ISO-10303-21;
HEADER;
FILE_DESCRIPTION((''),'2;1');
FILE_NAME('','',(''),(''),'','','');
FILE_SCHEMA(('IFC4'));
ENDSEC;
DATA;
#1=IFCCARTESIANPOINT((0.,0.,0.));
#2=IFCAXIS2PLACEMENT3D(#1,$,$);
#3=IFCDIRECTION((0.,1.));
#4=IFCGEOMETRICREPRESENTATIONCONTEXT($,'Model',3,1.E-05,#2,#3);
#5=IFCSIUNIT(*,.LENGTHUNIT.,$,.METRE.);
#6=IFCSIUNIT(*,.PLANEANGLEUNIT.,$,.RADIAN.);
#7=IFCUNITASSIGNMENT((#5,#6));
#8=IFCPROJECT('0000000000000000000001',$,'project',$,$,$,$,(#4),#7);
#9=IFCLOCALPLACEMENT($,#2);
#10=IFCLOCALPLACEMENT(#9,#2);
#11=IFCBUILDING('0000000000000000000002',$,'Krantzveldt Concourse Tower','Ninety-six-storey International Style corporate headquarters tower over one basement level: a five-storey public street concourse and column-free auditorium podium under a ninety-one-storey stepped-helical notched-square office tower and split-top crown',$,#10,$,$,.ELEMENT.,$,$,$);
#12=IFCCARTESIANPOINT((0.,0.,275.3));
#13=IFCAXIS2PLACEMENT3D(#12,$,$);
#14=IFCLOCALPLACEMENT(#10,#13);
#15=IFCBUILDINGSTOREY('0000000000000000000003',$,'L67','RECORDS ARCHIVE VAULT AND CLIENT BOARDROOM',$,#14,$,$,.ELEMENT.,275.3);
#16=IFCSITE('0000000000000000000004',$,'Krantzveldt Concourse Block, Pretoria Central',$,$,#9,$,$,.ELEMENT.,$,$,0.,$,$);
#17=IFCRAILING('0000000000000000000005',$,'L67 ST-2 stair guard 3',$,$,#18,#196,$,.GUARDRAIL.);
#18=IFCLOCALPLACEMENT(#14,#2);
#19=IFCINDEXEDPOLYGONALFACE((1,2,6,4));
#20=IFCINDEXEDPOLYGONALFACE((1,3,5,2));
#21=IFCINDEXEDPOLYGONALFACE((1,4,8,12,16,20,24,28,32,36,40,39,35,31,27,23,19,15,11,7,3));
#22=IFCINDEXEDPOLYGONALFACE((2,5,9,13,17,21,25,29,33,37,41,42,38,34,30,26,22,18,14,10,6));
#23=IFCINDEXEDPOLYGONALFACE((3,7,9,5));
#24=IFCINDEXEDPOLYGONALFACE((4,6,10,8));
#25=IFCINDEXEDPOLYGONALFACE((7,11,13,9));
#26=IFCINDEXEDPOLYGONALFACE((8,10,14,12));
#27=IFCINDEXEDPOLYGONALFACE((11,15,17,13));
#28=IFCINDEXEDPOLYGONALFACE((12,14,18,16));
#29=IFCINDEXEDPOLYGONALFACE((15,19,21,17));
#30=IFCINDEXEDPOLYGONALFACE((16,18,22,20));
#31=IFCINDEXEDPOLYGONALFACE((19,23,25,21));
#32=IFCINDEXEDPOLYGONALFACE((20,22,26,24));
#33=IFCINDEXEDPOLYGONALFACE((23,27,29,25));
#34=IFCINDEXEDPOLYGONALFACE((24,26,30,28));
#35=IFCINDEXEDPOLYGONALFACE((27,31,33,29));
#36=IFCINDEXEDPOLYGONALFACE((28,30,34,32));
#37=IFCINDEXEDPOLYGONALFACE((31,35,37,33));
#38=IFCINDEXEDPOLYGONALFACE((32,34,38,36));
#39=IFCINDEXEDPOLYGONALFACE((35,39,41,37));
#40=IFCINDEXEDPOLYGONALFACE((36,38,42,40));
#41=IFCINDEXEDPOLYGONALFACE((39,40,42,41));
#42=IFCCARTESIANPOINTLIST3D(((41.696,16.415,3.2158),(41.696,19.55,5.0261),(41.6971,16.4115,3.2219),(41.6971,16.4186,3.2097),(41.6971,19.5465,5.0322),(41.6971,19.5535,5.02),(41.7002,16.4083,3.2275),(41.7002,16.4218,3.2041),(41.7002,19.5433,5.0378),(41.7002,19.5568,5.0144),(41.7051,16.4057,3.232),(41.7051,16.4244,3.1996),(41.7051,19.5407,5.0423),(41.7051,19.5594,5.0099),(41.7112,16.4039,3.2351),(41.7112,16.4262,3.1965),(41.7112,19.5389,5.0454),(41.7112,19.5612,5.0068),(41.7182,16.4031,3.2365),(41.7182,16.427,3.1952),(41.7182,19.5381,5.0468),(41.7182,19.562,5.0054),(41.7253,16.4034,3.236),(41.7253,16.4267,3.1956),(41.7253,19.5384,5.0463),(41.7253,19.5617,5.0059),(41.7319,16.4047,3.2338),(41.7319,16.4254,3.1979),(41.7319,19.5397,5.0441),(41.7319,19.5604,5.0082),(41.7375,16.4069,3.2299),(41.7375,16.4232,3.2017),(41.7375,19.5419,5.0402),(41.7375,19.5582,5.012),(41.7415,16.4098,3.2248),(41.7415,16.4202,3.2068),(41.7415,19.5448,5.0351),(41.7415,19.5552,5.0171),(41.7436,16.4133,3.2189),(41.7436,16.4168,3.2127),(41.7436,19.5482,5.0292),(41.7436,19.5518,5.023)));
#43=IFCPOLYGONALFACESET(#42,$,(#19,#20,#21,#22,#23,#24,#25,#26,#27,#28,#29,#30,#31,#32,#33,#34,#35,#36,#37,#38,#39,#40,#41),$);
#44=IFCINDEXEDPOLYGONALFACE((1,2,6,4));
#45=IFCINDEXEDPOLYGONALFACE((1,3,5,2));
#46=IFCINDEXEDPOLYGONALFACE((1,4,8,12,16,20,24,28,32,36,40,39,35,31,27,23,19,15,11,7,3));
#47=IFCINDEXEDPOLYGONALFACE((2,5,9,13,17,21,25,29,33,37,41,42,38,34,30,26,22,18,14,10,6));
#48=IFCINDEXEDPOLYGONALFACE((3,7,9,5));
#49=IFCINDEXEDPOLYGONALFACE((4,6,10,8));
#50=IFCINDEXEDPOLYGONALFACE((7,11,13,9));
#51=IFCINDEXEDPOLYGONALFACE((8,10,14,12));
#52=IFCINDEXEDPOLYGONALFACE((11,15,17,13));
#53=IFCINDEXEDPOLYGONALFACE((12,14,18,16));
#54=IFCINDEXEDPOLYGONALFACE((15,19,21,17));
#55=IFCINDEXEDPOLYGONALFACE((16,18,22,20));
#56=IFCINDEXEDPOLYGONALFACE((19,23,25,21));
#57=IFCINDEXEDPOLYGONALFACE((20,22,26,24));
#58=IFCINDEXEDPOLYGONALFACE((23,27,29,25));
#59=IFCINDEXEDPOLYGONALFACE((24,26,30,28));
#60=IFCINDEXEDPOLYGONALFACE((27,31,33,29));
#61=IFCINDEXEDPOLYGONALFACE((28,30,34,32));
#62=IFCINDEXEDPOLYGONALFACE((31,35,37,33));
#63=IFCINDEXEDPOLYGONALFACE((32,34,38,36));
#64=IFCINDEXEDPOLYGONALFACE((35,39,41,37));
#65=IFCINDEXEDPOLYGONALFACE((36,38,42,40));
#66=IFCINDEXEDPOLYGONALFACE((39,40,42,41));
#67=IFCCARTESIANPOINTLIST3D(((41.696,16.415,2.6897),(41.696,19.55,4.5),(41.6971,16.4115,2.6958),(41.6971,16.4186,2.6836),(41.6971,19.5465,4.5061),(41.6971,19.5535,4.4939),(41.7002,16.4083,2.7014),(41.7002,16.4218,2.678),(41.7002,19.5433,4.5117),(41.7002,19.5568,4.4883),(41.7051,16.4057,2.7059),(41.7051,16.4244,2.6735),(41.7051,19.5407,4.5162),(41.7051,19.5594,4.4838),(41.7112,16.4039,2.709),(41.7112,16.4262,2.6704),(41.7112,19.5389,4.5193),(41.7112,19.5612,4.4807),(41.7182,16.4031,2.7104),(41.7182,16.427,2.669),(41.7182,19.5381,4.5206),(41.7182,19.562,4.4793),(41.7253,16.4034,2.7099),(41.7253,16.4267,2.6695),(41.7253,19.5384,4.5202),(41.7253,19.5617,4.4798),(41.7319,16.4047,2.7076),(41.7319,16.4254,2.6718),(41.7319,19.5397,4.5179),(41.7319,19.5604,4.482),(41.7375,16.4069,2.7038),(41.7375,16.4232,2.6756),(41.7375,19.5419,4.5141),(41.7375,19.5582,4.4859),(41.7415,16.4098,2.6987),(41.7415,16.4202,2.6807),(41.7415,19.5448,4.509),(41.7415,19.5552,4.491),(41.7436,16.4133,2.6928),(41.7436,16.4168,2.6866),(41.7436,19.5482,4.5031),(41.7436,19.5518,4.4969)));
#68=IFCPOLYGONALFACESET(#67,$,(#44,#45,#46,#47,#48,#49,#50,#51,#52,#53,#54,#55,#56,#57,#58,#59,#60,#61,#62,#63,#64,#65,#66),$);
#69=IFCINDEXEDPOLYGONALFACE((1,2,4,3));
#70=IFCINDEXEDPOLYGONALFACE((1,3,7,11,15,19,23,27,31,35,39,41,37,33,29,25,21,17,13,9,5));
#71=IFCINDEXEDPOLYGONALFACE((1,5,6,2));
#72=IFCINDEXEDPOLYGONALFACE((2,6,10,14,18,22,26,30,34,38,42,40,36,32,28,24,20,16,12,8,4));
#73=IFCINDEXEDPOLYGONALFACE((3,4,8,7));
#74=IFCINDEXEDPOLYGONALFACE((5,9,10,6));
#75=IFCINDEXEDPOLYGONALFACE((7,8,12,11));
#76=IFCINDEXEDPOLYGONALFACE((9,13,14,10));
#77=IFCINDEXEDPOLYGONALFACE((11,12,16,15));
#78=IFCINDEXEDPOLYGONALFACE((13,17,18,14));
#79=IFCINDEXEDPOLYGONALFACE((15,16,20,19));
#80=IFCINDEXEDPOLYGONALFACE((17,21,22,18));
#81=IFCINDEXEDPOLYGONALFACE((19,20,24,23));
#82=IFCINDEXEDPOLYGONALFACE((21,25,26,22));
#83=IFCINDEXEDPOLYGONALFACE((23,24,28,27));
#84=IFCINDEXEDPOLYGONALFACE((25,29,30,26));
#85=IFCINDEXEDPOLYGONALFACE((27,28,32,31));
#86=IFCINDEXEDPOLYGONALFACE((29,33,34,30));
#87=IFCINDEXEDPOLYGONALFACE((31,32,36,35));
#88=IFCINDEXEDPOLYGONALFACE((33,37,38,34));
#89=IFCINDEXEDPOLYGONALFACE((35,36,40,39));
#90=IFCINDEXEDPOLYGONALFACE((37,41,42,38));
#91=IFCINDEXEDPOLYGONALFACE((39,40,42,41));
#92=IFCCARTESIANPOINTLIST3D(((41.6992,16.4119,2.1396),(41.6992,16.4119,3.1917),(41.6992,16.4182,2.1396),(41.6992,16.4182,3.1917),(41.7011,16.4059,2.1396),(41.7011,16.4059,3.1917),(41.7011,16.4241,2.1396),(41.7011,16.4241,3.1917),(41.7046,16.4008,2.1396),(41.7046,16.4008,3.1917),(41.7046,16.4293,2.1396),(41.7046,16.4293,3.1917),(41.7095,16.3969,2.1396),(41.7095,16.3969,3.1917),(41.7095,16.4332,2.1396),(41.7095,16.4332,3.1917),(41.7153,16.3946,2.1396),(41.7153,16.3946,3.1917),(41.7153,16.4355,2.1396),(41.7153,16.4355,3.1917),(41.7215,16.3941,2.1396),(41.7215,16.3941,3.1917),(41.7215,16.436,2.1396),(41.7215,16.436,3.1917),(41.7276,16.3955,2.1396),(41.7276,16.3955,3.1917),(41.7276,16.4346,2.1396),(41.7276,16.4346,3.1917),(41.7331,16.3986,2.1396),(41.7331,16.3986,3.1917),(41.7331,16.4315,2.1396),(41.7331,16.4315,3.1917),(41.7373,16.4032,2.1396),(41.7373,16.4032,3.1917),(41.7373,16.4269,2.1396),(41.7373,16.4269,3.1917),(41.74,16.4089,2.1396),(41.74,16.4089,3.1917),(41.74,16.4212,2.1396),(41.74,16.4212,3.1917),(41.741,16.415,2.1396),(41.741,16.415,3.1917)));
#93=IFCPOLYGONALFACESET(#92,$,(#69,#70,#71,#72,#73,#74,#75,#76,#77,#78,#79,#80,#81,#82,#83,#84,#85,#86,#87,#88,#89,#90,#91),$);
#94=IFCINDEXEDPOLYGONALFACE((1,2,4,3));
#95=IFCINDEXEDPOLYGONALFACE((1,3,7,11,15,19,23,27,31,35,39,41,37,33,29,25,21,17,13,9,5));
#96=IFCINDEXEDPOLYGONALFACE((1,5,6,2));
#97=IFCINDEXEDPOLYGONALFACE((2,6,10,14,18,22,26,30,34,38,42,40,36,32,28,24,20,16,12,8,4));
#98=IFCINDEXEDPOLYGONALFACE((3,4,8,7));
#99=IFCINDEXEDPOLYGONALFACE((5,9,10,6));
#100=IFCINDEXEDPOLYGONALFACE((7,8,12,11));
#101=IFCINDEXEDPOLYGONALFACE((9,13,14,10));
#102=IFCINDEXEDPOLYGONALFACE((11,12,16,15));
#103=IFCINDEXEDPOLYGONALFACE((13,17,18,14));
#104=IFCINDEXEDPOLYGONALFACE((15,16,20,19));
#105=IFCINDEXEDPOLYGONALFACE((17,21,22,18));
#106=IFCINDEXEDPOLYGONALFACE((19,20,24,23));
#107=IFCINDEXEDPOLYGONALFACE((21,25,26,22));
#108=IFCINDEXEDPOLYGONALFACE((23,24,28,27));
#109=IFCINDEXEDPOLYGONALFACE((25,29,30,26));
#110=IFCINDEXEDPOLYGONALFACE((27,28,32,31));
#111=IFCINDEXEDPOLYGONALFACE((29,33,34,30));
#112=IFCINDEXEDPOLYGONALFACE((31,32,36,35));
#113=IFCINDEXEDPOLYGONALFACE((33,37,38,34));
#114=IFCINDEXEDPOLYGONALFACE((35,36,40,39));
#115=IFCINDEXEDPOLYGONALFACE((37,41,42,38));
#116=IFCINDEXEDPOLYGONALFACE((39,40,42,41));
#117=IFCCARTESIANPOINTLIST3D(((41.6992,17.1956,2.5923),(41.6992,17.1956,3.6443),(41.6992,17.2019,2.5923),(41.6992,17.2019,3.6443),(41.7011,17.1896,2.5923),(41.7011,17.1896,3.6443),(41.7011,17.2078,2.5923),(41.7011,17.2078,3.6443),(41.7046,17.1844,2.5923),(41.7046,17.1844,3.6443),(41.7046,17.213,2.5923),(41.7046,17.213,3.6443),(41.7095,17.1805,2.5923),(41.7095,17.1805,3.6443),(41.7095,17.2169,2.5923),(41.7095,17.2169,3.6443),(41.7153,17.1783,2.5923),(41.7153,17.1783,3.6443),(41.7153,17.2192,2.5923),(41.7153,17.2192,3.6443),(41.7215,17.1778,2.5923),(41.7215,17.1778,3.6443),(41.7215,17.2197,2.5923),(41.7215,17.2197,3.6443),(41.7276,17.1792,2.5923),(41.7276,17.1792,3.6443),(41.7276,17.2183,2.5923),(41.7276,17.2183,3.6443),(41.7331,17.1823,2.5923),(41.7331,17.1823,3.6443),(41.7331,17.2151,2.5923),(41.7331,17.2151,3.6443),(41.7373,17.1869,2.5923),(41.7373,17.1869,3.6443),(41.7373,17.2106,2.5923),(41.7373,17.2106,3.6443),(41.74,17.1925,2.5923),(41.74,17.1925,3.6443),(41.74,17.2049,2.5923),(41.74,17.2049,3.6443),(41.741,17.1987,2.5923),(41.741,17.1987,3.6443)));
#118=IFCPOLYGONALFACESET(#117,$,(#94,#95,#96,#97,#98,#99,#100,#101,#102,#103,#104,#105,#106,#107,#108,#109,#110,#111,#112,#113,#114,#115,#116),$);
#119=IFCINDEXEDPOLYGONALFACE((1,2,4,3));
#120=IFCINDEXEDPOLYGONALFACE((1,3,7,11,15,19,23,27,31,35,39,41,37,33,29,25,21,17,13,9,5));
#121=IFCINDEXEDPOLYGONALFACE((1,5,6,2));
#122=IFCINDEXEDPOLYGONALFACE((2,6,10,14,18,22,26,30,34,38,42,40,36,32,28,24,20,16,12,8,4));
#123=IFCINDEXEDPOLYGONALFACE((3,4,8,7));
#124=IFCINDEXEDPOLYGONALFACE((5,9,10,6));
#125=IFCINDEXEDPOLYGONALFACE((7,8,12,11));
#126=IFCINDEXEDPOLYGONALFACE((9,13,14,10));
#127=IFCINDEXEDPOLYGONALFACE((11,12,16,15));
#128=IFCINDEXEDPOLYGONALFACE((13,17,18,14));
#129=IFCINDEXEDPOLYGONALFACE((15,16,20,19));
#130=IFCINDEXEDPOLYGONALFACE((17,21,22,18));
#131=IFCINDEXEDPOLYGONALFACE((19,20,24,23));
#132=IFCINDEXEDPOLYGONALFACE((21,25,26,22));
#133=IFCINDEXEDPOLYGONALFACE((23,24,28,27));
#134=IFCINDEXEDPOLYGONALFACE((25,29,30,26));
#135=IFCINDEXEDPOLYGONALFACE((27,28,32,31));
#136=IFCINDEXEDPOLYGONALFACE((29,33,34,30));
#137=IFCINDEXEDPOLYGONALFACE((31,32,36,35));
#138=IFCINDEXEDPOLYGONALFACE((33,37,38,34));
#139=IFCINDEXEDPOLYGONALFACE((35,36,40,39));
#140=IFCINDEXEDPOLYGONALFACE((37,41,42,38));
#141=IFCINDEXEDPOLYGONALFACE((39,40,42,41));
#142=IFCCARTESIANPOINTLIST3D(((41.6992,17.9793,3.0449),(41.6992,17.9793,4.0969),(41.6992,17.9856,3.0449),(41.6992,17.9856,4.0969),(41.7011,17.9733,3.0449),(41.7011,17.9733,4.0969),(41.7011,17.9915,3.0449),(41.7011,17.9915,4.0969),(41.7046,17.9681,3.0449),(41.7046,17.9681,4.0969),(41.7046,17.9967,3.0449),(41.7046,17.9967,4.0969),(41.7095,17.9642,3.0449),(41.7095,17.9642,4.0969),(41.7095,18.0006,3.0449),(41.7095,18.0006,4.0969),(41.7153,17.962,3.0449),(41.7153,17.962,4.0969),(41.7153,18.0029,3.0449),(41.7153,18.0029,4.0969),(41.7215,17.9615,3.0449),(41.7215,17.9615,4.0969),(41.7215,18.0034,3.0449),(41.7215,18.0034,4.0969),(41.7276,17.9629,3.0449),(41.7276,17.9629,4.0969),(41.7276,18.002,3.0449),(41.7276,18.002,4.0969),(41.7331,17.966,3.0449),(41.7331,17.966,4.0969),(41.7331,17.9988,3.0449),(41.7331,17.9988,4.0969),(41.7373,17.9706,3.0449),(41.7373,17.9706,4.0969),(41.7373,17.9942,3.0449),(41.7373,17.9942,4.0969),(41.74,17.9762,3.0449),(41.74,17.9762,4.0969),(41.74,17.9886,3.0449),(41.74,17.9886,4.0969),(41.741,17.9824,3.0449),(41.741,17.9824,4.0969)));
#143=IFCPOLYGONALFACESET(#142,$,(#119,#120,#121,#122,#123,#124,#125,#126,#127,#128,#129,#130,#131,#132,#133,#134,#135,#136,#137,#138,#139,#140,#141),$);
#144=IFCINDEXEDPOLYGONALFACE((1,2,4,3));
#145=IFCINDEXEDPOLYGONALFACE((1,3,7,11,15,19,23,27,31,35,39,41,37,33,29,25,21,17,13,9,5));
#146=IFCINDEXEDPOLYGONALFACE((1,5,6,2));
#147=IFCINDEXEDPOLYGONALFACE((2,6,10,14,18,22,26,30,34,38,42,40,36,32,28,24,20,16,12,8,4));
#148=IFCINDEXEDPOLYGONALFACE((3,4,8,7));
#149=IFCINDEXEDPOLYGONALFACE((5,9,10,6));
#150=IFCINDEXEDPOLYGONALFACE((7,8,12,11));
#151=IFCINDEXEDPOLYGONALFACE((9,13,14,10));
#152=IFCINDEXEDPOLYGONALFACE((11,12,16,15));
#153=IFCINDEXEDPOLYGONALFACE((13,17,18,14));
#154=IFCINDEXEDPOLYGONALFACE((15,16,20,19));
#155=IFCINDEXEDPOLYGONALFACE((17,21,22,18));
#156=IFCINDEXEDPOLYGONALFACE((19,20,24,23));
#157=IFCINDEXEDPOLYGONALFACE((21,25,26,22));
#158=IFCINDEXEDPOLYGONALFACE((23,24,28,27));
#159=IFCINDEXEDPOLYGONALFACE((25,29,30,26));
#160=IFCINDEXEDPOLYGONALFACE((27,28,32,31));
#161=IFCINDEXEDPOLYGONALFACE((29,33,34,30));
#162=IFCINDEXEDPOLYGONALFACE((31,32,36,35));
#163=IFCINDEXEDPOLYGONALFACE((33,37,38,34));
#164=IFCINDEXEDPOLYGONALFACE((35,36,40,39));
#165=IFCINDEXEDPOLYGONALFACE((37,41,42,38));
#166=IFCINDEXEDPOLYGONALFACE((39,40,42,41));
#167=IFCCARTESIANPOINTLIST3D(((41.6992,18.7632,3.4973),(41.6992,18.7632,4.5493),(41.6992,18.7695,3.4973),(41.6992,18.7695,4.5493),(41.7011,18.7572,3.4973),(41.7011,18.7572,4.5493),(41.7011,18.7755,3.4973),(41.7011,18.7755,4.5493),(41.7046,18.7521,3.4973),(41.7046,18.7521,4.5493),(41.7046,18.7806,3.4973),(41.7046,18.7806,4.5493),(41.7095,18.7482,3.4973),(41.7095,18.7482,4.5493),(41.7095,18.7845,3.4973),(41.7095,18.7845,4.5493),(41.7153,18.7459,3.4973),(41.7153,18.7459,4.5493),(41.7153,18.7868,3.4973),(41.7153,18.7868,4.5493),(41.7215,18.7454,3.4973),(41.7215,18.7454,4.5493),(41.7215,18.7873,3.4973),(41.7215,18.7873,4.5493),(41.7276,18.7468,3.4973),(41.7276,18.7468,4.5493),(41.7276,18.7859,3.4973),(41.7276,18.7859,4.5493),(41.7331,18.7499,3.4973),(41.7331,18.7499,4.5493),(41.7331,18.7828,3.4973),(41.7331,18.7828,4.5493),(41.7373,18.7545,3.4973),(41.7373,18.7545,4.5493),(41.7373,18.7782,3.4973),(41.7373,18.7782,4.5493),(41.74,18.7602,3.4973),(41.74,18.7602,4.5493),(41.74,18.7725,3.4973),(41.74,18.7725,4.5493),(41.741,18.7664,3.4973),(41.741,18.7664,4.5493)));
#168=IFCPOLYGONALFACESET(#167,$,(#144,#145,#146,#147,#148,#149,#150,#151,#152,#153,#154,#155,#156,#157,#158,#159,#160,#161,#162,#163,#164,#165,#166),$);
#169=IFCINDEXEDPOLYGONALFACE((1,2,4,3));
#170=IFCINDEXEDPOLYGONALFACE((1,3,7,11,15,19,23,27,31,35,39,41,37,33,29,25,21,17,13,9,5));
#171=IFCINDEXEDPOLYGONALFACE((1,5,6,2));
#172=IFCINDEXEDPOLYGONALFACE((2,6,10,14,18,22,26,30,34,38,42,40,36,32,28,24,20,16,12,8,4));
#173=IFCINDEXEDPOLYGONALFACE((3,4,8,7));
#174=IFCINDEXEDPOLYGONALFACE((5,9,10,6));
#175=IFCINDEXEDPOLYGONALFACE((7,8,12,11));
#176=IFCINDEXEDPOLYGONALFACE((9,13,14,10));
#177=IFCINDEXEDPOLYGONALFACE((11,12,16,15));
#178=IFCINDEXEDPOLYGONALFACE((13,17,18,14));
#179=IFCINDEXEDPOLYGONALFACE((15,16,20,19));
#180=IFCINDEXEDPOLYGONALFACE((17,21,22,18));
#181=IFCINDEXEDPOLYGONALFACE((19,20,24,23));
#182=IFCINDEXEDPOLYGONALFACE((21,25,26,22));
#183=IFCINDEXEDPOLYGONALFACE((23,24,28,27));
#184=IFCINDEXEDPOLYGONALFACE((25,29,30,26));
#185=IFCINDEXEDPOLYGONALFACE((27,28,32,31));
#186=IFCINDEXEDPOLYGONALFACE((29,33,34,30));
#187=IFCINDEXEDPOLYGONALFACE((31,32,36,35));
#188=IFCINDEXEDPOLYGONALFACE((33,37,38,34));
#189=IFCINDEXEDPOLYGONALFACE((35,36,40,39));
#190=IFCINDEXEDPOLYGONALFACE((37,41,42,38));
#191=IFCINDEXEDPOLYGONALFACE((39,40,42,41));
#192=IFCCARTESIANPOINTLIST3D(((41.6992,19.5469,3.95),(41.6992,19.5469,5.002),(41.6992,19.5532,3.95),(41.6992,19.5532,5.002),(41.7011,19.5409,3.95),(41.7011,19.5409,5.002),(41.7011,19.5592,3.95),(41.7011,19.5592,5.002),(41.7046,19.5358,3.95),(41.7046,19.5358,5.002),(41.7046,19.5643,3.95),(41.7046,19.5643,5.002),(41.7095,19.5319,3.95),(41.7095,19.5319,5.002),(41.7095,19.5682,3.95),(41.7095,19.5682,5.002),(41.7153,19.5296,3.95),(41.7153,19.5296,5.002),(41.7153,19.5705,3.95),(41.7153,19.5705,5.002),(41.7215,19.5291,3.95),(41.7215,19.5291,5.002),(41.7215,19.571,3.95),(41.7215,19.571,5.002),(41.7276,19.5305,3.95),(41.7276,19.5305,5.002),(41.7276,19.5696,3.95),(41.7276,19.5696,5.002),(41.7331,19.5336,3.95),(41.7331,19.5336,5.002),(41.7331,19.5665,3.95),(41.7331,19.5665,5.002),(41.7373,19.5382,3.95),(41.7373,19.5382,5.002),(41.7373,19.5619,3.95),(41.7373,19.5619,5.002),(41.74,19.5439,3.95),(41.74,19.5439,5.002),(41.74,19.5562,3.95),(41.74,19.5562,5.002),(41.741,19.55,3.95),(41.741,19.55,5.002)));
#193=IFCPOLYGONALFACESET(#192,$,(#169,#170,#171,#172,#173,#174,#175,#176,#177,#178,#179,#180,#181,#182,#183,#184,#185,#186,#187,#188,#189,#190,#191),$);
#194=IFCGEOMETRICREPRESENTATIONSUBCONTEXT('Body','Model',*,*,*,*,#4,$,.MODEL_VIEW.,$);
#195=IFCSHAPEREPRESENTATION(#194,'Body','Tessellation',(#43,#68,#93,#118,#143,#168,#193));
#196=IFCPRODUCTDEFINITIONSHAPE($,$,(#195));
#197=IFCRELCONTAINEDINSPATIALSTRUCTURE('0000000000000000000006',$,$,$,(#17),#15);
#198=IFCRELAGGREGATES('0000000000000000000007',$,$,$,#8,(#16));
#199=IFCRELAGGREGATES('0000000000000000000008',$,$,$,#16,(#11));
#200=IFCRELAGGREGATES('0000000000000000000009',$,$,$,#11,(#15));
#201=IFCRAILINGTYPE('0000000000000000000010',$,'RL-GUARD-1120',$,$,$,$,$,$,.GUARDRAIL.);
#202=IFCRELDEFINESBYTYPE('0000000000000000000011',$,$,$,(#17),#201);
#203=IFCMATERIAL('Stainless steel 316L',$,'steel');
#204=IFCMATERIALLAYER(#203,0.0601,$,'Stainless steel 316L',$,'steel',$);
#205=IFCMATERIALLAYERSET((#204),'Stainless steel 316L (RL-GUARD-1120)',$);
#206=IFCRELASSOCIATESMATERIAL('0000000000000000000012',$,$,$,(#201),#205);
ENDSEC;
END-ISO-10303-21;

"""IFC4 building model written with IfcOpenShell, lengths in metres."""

from ifc_helpers import new_model, si_unit, direction, frame, origin, origin_2d, place, context, subcontext, project, spatial, circle, extrude, material, layer, layer_set, type_object, element, save


model = new_model("IFC4")

# Units and contexts
model_context = context("Model", 3, precision=1e-05, world=origin(), true_north=direction((0.0, 1.0)))
body_context = subcontext(model_context, "Body", "Model", "MODEL_VIEW")
ifc_project = project(units=[si_unit("LENGTHUNIT", "METRE"), si_unit("PLANEANGLEUNIT", "RADIAN")], contexts=[model_context])

# Site, building, storey
site_placement = place(None, origin())
site = spatial("IfcSite", under=ifc_project, at=site_placement, Name="Krantzveldt Concourse Block, Pretoria Central", CompositionType="ELEMENT", RefElevation=0.0)
building_placement = place(site_placement, origin())
building = spatial("IfcBuilding", under=site, at=building_placement, Name="Krantzveldt Concourse Tower", Description="Ninety-six-storey International Style corporate headquarters tower over one basement level: a five-storey public street concourse and column-free auditorium podium under a ninety-one-storey stepped-helical notched-square office tower and split-top crown", CompositionType="ELEMENT")
storey_placement = place(building_placement, frame((0.0, 0.0, 275.3)))
storey = spatial("IfcBuildingStorey", under=building, at=storey_placement, Name="L67", Description="RECORDS ARCHIVE VAULT AND CLIENT BOARDROOM", CompositionType="ELEMENT", Elevation=275.3)

# Railing
ifc_material_1 = material(Name="Stainless steel 316L", Category="steel")
ifc_layer_1 = layer(ifc_material_1, 0.0601, Name="Stainless steel 316L", Category="steel")
ifc_layer_set_1 = layer_set([ifc_layer_1], Name="Stainless steel 316L (RL-GUARD-1120)")
railing_type_1 = type_object("IfcRailingType", Name="RL-GUARD-1120", PredefinedType="GUARDRAIL", material=ifc_layer_set_1)
railing_1_placement = place(storey_placement, frame((41.72, 16.415, 2.1396)))
element("IfcRailing", 1, at=railing_1_placement, inside=storey, type_object=railing_type_1, Name="L67 ST-2 stair guard 3", PredefinedType="GUARDRAIL", context=body_context, shape_type="SweptSolid", body=[
    extrude(circle(Radius=0.0239, at=origin_2d()), frame((0.0, 0.0, 1.0762), z_axis=(0.0, 0.865989, 0.500063), x_axis=(-1.0, 0.0, 0.0)), (0.0, 0.0, 1.0), 3.6201),
    extrude(circle(Radius=0.0239, at=origin_2d()), frame((0.0, 0.0, 0.55), z_axis=(0.0, 0.865989, 0.500063), x_axis=(-1.0, 0.0, 0.0)), (0.0, 0.0, 1.0), 3.6201),
    extrude(circle(Radius=0.021, at=origin_2d()), origin(), (0.0, 0.0, 1.0), 1.052),
    extrude(circle(Radius=0.021, at=origin_2d()), frame((0.0, 0.7837, 0.4526)), (0.0, 0.0, 1.0), 1.052),
    extrude(circle(Radius=0.021, at=origin_2d()), frame((0.0, 1.5674, 0.9053)), (0.0, 0.0, 1.0), 1.052),
    extrude(circle(Radius=0.021, at=origin_2d()), frame((0.0, 2.3513, 1.3577)), (0.0, 0.0, 1.0), 1.052),
    extrude(circle(Radius=0.021, at=origin_2d()), frame((0.0, 3.135, 1.8103)), (0.0, 0.0, 1.0), 1.052),
])

save(model, "model.ifc")
